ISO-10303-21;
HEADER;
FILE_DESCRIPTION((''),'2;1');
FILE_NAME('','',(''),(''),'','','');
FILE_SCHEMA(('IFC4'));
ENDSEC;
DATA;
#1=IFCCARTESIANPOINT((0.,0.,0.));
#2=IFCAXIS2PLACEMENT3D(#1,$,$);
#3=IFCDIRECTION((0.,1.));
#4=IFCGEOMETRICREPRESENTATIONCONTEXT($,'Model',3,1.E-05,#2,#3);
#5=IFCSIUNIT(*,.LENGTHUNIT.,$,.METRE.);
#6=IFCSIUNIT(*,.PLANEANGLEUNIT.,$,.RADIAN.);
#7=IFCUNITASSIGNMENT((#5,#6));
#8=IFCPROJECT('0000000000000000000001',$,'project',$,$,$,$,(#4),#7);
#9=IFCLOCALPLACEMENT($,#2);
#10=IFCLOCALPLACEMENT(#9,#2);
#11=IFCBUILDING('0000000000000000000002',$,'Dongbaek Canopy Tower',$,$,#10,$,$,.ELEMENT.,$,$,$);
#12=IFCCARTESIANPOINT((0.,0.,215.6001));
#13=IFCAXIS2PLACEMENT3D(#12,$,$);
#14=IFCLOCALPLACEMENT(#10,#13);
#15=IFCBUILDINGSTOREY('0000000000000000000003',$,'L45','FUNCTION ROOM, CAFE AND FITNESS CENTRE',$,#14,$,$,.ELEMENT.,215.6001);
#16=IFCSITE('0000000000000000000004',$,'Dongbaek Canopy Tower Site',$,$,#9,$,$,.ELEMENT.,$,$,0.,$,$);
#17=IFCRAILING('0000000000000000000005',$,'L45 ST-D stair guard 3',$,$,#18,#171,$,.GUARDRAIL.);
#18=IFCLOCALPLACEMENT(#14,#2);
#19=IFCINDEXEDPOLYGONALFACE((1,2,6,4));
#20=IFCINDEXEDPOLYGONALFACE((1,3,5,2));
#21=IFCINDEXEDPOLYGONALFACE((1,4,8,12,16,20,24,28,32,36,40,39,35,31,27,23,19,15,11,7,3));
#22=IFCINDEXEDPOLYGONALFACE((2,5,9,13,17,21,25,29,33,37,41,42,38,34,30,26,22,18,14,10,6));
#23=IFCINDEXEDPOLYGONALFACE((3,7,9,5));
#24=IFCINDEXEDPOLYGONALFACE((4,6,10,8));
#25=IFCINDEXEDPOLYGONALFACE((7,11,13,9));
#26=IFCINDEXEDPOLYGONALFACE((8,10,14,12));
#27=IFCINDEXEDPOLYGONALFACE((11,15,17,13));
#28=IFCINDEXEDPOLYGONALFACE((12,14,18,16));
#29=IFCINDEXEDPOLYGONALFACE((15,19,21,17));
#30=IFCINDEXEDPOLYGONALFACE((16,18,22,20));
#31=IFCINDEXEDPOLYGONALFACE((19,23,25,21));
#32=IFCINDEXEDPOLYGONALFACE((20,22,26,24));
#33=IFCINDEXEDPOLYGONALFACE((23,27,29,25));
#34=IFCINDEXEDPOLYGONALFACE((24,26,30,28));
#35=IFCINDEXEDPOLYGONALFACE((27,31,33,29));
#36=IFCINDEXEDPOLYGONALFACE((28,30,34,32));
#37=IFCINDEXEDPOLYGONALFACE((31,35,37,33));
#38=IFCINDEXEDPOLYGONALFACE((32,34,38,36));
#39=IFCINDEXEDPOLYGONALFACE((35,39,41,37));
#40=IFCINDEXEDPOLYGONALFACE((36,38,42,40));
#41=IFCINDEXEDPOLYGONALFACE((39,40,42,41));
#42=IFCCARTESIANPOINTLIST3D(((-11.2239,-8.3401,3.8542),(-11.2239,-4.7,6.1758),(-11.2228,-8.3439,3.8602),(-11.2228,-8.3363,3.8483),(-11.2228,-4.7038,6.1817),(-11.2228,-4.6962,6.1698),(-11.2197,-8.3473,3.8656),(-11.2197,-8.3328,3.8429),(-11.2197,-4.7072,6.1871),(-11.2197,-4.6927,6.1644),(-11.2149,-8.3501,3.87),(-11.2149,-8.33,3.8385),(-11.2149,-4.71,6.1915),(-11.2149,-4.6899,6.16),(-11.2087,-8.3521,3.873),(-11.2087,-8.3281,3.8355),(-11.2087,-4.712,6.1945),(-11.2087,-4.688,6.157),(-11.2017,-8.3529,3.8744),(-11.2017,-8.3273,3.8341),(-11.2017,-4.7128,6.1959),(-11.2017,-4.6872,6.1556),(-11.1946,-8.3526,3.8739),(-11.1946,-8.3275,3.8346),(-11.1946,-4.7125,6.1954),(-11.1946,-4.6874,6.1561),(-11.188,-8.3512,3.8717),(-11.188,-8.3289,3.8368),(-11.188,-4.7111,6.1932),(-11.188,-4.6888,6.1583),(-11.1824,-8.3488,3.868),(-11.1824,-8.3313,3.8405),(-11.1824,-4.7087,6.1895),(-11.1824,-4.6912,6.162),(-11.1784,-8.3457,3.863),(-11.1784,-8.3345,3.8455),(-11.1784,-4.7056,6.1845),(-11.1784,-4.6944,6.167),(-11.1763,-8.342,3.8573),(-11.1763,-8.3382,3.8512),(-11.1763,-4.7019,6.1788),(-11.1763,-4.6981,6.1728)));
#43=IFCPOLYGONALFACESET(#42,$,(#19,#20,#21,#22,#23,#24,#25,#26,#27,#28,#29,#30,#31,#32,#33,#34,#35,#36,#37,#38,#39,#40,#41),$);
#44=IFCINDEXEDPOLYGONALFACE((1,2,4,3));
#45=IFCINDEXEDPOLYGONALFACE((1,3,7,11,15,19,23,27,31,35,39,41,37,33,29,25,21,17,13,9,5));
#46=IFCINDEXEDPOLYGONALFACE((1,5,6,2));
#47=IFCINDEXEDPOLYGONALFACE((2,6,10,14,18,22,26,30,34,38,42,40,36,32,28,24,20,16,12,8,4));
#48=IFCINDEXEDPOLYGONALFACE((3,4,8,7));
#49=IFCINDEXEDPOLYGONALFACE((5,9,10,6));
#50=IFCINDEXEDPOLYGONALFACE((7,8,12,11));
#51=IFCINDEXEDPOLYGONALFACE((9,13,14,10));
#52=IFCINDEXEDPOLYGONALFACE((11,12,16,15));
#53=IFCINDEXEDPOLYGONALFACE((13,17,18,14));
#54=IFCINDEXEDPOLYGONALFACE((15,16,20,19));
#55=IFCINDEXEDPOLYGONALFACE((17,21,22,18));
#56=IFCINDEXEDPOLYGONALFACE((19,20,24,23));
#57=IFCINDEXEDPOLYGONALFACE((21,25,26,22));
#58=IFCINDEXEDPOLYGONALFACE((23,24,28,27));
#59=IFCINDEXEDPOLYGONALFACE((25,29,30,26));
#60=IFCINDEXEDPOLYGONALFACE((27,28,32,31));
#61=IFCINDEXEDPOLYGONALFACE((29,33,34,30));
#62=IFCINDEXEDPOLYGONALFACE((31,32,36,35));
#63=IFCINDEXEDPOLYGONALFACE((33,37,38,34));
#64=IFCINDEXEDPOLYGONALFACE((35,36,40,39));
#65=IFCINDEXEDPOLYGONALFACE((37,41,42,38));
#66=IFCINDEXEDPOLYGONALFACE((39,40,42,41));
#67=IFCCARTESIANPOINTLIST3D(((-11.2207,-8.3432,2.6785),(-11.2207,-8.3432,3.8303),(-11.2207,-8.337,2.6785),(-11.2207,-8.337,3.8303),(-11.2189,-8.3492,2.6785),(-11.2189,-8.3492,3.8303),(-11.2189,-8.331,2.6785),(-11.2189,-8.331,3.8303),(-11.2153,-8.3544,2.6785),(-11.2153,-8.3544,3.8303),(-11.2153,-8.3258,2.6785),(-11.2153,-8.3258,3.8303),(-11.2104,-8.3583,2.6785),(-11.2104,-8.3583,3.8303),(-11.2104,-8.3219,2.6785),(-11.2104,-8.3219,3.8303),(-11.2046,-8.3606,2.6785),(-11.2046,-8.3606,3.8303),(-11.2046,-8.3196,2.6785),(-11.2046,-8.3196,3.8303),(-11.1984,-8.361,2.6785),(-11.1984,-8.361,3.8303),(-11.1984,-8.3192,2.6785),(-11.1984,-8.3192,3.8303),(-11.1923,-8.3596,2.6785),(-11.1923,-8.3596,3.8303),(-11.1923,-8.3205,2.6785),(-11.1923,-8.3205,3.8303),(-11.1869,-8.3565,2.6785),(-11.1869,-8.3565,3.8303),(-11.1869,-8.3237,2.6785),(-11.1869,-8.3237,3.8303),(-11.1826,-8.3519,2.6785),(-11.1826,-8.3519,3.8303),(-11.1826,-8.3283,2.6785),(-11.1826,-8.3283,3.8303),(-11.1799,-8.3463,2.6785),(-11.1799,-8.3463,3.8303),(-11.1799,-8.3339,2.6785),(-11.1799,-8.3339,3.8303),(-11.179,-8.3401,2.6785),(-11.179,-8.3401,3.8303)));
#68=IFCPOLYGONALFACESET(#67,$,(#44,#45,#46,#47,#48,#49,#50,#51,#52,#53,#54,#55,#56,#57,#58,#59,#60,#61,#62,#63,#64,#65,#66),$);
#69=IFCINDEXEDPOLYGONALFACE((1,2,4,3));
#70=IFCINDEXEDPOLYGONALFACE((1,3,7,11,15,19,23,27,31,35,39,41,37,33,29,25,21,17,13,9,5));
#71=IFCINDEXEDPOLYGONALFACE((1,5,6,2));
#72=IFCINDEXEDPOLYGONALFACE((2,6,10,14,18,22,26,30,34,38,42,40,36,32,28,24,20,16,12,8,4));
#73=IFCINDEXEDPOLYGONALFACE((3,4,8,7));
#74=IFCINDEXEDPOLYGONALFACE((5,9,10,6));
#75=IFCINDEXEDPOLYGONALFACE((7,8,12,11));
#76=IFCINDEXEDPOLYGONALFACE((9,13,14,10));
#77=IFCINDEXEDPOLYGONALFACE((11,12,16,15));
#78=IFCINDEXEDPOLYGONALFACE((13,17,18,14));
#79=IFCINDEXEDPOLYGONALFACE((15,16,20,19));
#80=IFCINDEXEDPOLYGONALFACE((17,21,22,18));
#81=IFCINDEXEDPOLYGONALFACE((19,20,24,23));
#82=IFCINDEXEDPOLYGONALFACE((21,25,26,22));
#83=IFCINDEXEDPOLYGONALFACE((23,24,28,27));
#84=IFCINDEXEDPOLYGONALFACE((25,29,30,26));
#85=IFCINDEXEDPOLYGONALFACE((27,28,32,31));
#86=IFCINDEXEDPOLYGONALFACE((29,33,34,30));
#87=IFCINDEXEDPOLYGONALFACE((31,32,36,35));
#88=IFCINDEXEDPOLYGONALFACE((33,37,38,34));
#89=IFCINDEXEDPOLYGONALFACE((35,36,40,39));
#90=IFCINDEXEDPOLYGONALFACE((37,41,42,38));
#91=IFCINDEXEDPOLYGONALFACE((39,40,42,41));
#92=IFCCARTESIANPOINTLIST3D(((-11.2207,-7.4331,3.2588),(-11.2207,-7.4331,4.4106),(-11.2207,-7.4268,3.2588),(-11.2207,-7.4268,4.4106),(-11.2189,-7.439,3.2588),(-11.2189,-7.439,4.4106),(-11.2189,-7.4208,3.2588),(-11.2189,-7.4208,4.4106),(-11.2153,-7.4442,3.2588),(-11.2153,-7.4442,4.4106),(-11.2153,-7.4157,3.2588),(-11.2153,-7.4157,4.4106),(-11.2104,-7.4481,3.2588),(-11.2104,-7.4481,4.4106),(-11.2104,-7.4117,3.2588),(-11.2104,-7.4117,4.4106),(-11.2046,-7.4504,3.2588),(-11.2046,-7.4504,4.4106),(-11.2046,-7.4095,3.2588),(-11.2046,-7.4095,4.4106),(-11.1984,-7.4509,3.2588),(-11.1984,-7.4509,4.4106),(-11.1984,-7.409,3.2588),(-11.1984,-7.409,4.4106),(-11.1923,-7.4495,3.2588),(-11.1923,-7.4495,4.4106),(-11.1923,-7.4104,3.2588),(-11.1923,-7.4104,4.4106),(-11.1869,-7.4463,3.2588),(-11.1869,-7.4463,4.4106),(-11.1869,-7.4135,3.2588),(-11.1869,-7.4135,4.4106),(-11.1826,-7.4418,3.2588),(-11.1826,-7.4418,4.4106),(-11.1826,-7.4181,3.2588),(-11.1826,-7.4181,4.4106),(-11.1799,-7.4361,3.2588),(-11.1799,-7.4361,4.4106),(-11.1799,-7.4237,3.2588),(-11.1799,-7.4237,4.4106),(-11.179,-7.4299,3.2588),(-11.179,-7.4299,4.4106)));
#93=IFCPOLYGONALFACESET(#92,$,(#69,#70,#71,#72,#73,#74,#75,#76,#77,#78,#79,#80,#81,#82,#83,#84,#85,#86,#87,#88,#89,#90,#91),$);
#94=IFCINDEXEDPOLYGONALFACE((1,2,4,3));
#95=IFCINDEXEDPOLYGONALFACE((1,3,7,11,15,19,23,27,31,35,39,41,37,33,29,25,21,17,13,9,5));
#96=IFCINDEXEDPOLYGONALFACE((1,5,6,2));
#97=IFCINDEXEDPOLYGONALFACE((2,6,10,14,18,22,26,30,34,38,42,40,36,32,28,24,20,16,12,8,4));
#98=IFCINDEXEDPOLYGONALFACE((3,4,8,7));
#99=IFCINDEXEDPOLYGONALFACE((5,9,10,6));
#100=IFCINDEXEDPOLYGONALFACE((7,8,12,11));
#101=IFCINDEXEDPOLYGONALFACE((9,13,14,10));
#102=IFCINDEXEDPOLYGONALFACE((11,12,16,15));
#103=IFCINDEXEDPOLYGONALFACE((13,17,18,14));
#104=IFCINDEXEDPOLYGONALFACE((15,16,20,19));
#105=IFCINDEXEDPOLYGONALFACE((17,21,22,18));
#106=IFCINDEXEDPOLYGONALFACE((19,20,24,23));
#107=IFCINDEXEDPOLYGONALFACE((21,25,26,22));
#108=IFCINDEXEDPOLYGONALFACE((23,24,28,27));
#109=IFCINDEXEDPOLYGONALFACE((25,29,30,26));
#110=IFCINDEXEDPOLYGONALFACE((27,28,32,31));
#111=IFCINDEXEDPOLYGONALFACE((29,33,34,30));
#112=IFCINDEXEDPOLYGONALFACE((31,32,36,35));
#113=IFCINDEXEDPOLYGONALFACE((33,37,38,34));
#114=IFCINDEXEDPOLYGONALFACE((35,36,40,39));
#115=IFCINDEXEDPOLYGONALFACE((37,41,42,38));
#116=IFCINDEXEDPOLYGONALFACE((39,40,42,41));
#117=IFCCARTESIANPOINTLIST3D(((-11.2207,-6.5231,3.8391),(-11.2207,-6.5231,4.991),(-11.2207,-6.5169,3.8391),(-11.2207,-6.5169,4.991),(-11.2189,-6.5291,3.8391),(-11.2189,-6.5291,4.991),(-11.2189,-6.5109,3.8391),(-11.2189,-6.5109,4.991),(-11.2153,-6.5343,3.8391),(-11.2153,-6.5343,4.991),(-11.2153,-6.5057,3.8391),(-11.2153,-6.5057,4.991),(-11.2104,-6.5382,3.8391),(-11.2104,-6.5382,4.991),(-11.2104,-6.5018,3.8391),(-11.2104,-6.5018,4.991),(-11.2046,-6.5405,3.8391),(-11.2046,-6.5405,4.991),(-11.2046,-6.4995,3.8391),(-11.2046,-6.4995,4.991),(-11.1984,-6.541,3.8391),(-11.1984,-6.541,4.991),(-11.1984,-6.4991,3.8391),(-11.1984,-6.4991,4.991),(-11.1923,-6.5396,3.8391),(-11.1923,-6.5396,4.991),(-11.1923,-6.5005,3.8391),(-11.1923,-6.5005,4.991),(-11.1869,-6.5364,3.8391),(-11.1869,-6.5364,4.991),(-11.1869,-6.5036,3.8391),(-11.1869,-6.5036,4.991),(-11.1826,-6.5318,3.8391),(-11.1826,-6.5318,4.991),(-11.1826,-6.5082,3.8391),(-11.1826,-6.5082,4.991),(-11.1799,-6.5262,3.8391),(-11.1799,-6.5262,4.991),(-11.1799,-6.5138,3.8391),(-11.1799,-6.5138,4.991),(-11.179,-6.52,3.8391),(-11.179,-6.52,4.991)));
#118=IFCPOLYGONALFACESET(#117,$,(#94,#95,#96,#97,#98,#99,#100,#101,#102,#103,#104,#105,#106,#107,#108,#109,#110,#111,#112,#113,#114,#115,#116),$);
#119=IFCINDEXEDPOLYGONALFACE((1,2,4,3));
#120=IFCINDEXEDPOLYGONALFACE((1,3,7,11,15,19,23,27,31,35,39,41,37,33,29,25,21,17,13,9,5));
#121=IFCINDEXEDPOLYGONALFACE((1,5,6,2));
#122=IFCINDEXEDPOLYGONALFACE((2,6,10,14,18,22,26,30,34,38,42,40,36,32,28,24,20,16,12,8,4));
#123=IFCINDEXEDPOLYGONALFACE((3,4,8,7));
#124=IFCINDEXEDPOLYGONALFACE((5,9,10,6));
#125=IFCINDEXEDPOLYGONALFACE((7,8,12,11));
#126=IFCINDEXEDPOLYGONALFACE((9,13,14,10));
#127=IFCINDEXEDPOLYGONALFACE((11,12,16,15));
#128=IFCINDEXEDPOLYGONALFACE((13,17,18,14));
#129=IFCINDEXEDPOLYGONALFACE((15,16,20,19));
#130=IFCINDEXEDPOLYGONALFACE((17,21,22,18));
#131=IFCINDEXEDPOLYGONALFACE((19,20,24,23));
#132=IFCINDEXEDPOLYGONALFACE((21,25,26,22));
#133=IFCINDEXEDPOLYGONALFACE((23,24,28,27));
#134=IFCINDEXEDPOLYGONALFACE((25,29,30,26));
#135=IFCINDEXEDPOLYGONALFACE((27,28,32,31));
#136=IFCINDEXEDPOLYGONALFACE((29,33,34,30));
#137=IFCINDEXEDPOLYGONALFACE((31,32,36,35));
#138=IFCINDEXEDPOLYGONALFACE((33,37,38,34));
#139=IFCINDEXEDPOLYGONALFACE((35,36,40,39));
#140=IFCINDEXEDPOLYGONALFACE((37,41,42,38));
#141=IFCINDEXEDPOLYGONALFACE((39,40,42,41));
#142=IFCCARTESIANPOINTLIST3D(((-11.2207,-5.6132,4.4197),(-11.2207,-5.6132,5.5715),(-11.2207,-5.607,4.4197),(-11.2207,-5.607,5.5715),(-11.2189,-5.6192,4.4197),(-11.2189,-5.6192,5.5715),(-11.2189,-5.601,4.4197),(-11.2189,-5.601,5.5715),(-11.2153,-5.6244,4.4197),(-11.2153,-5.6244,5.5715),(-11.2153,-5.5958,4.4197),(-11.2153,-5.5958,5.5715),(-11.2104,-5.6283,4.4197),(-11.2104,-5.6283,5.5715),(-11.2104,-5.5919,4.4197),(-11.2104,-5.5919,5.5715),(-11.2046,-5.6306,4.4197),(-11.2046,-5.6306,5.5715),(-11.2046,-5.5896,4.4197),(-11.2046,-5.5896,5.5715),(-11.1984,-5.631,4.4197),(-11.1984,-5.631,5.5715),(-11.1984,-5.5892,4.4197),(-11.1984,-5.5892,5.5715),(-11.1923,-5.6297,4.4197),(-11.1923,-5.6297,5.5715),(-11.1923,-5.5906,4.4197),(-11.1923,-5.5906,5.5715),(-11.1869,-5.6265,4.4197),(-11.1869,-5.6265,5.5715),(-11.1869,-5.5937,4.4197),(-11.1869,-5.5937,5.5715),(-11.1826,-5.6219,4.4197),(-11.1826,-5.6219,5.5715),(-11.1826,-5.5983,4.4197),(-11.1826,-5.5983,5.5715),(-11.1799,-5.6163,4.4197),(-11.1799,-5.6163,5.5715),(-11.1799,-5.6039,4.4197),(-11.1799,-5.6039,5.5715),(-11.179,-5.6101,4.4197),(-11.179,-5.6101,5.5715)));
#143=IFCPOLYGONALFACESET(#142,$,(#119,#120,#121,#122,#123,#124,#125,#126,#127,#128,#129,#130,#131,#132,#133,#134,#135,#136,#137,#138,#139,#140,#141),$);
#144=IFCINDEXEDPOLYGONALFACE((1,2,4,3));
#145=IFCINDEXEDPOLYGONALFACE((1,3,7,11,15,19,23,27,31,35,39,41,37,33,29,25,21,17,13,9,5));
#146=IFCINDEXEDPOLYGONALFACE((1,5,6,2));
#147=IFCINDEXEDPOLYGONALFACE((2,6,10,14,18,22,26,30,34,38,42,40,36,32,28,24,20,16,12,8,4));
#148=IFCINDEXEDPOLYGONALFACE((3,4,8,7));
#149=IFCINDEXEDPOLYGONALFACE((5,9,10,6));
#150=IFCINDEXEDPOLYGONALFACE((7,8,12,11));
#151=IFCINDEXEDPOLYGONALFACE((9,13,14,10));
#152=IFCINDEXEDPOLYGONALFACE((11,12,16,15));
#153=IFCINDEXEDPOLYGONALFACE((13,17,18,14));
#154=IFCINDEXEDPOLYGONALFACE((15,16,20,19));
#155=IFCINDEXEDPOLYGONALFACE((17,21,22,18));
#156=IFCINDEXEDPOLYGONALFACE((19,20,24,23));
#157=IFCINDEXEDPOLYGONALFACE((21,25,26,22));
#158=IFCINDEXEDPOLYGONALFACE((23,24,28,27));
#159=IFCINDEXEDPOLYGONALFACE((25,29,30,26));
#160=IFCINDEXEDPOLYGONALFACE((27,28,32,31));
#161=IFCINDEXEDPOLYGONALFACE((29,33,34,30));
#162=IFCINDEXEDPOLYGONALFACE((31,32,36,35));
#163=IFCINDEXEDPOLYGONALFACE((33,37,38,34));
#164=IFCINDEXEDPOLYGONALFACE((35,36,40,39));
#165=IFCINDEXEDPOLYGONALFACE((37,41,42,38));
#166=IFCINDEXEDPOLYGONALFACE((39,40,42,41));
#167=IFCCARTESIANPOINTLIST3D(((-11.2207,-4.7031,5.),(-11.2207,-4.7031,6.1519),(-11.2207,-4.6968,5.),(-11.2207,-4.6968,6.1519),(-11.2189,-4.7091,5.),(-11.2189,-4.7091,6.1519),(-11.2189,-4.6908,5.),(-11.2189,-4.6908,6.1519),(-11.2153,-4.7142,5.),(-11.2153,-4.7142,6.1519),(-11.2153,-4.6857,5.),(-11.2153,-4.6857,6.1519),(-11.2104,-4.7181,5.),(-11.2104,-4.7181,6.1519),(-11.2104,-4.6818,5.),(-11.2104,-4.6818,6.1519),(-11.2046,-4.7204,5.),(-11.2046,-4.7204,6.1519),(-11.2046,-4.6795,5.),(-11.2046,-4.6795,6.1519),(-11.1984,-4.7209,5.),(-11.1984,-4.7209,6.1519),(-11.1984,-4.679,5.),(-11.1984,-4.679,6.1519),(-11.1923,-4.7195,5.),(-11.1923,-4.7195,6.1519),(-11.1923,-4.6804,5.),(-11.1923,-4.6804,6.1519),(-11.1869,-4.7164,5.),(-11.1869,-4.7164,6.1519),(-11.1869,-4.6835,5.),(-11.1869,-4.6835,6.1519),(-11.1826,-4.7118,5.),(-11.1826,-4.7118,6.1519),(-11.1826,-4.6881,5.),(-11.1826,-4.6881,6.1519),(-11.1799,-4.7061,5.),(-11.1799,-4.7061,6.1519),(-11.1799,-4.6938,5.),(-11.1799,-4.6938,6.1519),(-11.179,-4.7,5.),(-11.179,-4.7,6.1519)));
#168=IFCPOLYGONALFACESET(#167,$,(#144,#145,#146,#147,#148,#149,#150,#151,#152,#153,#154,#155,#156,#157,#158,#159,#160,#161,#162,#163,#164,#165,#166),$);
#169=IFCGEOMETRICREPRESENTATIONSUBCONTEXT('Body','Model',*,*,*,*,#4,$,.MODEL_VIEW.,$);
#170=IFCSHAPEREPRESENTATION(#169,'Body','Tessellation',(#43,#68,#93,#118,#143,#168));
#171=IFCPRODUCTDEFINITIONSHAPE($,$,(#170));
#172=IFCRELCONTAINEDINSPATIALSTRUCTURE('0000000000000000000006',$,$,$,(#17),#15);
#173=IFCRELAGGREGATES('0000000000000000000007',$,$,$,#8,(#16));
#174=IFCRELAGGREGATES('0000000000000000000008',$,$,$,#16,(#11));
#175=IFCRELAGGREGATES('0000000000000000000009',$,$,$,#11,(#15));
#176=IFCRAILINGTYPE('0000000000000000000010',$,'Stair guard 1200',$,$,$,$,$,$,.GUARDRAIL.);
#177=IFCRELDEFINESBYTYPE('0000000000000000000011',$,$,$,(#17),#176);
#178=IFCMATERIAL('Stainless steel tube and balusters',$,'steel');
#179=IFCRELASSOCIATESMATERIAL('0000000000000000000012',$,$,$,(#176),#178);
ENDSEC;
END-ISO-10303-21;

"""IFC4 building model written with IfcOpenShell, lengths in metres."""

from ifc_helpers import new_model, si_unit, direction, frame, origin, origin_2d, place, context, subcontext, project, spatial, circle, extrude, material, type_object, element, save


model = new_model("IFC4")

# Units and contexts
model_context = context("Model", 3, precision=1e-05, world=origin(), true_north=direction((0.0, 1.0)))
body_context = subcontext(model_context, "Body", "Model", "MODEL_VIEW")
ifc_project = project(units=[si_unit("LENGTHUNIT", "METRE"), si_unit("PLANEANGLEUNIT", "RADIAN")], contexts=[model_context])

# Site, building, storey
site_placement = place(None, origin())
site = spatial("IfcSite", under=ifc_project, at=site_placement, Name="Dongbaek Canopy Tower Site", CompositionType="ELEMENT", RefElevation=0.0)
building_placement = place(site_placement, origin())
building = spatial("IfcBuilding", under=site, at=building_placement, Name="Dongbaek Canopy Tower", CompositionType="ELEMENT")
storey_placement = place(building_placement, frame((0.0, 0.0, 215.6001)))
storey = spatial("IfcBuildingStorey", under=building, at=storey_placement, Name="L45", Description="FUNCTION ROOM, CAFE AND FITNESS CENTRE", CompositionType="ELEMENT", Elevation=215.6001)

# Railing
ifc_material_1 = material(Name="Stainless steel tube and balusters", Category="steel")
railing_type_1 = type_object("IfcRailingType", Name="Stair guard 1200", PredefinedType="GUARDRAIL", material=ifc_material_1)
railing_1_placement = place(storey_placement, frame((-11.2, -8.3401, 2.6785)))
element("IfcRailing", 1, at=railing_1_placement, inside=storey, type_object=railing_type_1, Name="L45 ST-D stair guard 3", PredefinedType="GUARDRAIL", context=body_context, shape_type="SweptSolid", body=[
    extrude(circle(Radius=0.0239, at=origin_2d()), frame((0.0, 0.0, 1.1758), z_axis=(0.0, 0.843128, 0.537713), x_axis=(-1.0, 0.0, 0.0)), (0.0, 0.0, 1.0), 4.3174),
    extrude(circle(Radius=0.021, at=origin_2d()), origin(), (0.0, 0.0, 1.0), 1.1519),
    extrude(circle(Radius=0.021, at=origin_2d()), frame((0.0, 0.9102, 0.5803)), (0.0, 0.0, 1.0), 1.1519),
    extrude(circle(Radius=0.021, at=origin_2d()), frame((0.0, 1.8201, 1.1606)), (0.0, 0.0, 1.0), 1.1519),
    extrude(circle(Radius=0.021, at=origin_2d()), frame((0.0, 2.73, 1.7412)), (0.0, 0.0, 1.0), 1.1519),
    extrude(circle(Radius=0.021, at=origin_2d()), frame((0.0, 3.6401, 2.3215)), (0.0, 0.0, 1.0), 1.1519),
])

save(model, "model.ifc")
